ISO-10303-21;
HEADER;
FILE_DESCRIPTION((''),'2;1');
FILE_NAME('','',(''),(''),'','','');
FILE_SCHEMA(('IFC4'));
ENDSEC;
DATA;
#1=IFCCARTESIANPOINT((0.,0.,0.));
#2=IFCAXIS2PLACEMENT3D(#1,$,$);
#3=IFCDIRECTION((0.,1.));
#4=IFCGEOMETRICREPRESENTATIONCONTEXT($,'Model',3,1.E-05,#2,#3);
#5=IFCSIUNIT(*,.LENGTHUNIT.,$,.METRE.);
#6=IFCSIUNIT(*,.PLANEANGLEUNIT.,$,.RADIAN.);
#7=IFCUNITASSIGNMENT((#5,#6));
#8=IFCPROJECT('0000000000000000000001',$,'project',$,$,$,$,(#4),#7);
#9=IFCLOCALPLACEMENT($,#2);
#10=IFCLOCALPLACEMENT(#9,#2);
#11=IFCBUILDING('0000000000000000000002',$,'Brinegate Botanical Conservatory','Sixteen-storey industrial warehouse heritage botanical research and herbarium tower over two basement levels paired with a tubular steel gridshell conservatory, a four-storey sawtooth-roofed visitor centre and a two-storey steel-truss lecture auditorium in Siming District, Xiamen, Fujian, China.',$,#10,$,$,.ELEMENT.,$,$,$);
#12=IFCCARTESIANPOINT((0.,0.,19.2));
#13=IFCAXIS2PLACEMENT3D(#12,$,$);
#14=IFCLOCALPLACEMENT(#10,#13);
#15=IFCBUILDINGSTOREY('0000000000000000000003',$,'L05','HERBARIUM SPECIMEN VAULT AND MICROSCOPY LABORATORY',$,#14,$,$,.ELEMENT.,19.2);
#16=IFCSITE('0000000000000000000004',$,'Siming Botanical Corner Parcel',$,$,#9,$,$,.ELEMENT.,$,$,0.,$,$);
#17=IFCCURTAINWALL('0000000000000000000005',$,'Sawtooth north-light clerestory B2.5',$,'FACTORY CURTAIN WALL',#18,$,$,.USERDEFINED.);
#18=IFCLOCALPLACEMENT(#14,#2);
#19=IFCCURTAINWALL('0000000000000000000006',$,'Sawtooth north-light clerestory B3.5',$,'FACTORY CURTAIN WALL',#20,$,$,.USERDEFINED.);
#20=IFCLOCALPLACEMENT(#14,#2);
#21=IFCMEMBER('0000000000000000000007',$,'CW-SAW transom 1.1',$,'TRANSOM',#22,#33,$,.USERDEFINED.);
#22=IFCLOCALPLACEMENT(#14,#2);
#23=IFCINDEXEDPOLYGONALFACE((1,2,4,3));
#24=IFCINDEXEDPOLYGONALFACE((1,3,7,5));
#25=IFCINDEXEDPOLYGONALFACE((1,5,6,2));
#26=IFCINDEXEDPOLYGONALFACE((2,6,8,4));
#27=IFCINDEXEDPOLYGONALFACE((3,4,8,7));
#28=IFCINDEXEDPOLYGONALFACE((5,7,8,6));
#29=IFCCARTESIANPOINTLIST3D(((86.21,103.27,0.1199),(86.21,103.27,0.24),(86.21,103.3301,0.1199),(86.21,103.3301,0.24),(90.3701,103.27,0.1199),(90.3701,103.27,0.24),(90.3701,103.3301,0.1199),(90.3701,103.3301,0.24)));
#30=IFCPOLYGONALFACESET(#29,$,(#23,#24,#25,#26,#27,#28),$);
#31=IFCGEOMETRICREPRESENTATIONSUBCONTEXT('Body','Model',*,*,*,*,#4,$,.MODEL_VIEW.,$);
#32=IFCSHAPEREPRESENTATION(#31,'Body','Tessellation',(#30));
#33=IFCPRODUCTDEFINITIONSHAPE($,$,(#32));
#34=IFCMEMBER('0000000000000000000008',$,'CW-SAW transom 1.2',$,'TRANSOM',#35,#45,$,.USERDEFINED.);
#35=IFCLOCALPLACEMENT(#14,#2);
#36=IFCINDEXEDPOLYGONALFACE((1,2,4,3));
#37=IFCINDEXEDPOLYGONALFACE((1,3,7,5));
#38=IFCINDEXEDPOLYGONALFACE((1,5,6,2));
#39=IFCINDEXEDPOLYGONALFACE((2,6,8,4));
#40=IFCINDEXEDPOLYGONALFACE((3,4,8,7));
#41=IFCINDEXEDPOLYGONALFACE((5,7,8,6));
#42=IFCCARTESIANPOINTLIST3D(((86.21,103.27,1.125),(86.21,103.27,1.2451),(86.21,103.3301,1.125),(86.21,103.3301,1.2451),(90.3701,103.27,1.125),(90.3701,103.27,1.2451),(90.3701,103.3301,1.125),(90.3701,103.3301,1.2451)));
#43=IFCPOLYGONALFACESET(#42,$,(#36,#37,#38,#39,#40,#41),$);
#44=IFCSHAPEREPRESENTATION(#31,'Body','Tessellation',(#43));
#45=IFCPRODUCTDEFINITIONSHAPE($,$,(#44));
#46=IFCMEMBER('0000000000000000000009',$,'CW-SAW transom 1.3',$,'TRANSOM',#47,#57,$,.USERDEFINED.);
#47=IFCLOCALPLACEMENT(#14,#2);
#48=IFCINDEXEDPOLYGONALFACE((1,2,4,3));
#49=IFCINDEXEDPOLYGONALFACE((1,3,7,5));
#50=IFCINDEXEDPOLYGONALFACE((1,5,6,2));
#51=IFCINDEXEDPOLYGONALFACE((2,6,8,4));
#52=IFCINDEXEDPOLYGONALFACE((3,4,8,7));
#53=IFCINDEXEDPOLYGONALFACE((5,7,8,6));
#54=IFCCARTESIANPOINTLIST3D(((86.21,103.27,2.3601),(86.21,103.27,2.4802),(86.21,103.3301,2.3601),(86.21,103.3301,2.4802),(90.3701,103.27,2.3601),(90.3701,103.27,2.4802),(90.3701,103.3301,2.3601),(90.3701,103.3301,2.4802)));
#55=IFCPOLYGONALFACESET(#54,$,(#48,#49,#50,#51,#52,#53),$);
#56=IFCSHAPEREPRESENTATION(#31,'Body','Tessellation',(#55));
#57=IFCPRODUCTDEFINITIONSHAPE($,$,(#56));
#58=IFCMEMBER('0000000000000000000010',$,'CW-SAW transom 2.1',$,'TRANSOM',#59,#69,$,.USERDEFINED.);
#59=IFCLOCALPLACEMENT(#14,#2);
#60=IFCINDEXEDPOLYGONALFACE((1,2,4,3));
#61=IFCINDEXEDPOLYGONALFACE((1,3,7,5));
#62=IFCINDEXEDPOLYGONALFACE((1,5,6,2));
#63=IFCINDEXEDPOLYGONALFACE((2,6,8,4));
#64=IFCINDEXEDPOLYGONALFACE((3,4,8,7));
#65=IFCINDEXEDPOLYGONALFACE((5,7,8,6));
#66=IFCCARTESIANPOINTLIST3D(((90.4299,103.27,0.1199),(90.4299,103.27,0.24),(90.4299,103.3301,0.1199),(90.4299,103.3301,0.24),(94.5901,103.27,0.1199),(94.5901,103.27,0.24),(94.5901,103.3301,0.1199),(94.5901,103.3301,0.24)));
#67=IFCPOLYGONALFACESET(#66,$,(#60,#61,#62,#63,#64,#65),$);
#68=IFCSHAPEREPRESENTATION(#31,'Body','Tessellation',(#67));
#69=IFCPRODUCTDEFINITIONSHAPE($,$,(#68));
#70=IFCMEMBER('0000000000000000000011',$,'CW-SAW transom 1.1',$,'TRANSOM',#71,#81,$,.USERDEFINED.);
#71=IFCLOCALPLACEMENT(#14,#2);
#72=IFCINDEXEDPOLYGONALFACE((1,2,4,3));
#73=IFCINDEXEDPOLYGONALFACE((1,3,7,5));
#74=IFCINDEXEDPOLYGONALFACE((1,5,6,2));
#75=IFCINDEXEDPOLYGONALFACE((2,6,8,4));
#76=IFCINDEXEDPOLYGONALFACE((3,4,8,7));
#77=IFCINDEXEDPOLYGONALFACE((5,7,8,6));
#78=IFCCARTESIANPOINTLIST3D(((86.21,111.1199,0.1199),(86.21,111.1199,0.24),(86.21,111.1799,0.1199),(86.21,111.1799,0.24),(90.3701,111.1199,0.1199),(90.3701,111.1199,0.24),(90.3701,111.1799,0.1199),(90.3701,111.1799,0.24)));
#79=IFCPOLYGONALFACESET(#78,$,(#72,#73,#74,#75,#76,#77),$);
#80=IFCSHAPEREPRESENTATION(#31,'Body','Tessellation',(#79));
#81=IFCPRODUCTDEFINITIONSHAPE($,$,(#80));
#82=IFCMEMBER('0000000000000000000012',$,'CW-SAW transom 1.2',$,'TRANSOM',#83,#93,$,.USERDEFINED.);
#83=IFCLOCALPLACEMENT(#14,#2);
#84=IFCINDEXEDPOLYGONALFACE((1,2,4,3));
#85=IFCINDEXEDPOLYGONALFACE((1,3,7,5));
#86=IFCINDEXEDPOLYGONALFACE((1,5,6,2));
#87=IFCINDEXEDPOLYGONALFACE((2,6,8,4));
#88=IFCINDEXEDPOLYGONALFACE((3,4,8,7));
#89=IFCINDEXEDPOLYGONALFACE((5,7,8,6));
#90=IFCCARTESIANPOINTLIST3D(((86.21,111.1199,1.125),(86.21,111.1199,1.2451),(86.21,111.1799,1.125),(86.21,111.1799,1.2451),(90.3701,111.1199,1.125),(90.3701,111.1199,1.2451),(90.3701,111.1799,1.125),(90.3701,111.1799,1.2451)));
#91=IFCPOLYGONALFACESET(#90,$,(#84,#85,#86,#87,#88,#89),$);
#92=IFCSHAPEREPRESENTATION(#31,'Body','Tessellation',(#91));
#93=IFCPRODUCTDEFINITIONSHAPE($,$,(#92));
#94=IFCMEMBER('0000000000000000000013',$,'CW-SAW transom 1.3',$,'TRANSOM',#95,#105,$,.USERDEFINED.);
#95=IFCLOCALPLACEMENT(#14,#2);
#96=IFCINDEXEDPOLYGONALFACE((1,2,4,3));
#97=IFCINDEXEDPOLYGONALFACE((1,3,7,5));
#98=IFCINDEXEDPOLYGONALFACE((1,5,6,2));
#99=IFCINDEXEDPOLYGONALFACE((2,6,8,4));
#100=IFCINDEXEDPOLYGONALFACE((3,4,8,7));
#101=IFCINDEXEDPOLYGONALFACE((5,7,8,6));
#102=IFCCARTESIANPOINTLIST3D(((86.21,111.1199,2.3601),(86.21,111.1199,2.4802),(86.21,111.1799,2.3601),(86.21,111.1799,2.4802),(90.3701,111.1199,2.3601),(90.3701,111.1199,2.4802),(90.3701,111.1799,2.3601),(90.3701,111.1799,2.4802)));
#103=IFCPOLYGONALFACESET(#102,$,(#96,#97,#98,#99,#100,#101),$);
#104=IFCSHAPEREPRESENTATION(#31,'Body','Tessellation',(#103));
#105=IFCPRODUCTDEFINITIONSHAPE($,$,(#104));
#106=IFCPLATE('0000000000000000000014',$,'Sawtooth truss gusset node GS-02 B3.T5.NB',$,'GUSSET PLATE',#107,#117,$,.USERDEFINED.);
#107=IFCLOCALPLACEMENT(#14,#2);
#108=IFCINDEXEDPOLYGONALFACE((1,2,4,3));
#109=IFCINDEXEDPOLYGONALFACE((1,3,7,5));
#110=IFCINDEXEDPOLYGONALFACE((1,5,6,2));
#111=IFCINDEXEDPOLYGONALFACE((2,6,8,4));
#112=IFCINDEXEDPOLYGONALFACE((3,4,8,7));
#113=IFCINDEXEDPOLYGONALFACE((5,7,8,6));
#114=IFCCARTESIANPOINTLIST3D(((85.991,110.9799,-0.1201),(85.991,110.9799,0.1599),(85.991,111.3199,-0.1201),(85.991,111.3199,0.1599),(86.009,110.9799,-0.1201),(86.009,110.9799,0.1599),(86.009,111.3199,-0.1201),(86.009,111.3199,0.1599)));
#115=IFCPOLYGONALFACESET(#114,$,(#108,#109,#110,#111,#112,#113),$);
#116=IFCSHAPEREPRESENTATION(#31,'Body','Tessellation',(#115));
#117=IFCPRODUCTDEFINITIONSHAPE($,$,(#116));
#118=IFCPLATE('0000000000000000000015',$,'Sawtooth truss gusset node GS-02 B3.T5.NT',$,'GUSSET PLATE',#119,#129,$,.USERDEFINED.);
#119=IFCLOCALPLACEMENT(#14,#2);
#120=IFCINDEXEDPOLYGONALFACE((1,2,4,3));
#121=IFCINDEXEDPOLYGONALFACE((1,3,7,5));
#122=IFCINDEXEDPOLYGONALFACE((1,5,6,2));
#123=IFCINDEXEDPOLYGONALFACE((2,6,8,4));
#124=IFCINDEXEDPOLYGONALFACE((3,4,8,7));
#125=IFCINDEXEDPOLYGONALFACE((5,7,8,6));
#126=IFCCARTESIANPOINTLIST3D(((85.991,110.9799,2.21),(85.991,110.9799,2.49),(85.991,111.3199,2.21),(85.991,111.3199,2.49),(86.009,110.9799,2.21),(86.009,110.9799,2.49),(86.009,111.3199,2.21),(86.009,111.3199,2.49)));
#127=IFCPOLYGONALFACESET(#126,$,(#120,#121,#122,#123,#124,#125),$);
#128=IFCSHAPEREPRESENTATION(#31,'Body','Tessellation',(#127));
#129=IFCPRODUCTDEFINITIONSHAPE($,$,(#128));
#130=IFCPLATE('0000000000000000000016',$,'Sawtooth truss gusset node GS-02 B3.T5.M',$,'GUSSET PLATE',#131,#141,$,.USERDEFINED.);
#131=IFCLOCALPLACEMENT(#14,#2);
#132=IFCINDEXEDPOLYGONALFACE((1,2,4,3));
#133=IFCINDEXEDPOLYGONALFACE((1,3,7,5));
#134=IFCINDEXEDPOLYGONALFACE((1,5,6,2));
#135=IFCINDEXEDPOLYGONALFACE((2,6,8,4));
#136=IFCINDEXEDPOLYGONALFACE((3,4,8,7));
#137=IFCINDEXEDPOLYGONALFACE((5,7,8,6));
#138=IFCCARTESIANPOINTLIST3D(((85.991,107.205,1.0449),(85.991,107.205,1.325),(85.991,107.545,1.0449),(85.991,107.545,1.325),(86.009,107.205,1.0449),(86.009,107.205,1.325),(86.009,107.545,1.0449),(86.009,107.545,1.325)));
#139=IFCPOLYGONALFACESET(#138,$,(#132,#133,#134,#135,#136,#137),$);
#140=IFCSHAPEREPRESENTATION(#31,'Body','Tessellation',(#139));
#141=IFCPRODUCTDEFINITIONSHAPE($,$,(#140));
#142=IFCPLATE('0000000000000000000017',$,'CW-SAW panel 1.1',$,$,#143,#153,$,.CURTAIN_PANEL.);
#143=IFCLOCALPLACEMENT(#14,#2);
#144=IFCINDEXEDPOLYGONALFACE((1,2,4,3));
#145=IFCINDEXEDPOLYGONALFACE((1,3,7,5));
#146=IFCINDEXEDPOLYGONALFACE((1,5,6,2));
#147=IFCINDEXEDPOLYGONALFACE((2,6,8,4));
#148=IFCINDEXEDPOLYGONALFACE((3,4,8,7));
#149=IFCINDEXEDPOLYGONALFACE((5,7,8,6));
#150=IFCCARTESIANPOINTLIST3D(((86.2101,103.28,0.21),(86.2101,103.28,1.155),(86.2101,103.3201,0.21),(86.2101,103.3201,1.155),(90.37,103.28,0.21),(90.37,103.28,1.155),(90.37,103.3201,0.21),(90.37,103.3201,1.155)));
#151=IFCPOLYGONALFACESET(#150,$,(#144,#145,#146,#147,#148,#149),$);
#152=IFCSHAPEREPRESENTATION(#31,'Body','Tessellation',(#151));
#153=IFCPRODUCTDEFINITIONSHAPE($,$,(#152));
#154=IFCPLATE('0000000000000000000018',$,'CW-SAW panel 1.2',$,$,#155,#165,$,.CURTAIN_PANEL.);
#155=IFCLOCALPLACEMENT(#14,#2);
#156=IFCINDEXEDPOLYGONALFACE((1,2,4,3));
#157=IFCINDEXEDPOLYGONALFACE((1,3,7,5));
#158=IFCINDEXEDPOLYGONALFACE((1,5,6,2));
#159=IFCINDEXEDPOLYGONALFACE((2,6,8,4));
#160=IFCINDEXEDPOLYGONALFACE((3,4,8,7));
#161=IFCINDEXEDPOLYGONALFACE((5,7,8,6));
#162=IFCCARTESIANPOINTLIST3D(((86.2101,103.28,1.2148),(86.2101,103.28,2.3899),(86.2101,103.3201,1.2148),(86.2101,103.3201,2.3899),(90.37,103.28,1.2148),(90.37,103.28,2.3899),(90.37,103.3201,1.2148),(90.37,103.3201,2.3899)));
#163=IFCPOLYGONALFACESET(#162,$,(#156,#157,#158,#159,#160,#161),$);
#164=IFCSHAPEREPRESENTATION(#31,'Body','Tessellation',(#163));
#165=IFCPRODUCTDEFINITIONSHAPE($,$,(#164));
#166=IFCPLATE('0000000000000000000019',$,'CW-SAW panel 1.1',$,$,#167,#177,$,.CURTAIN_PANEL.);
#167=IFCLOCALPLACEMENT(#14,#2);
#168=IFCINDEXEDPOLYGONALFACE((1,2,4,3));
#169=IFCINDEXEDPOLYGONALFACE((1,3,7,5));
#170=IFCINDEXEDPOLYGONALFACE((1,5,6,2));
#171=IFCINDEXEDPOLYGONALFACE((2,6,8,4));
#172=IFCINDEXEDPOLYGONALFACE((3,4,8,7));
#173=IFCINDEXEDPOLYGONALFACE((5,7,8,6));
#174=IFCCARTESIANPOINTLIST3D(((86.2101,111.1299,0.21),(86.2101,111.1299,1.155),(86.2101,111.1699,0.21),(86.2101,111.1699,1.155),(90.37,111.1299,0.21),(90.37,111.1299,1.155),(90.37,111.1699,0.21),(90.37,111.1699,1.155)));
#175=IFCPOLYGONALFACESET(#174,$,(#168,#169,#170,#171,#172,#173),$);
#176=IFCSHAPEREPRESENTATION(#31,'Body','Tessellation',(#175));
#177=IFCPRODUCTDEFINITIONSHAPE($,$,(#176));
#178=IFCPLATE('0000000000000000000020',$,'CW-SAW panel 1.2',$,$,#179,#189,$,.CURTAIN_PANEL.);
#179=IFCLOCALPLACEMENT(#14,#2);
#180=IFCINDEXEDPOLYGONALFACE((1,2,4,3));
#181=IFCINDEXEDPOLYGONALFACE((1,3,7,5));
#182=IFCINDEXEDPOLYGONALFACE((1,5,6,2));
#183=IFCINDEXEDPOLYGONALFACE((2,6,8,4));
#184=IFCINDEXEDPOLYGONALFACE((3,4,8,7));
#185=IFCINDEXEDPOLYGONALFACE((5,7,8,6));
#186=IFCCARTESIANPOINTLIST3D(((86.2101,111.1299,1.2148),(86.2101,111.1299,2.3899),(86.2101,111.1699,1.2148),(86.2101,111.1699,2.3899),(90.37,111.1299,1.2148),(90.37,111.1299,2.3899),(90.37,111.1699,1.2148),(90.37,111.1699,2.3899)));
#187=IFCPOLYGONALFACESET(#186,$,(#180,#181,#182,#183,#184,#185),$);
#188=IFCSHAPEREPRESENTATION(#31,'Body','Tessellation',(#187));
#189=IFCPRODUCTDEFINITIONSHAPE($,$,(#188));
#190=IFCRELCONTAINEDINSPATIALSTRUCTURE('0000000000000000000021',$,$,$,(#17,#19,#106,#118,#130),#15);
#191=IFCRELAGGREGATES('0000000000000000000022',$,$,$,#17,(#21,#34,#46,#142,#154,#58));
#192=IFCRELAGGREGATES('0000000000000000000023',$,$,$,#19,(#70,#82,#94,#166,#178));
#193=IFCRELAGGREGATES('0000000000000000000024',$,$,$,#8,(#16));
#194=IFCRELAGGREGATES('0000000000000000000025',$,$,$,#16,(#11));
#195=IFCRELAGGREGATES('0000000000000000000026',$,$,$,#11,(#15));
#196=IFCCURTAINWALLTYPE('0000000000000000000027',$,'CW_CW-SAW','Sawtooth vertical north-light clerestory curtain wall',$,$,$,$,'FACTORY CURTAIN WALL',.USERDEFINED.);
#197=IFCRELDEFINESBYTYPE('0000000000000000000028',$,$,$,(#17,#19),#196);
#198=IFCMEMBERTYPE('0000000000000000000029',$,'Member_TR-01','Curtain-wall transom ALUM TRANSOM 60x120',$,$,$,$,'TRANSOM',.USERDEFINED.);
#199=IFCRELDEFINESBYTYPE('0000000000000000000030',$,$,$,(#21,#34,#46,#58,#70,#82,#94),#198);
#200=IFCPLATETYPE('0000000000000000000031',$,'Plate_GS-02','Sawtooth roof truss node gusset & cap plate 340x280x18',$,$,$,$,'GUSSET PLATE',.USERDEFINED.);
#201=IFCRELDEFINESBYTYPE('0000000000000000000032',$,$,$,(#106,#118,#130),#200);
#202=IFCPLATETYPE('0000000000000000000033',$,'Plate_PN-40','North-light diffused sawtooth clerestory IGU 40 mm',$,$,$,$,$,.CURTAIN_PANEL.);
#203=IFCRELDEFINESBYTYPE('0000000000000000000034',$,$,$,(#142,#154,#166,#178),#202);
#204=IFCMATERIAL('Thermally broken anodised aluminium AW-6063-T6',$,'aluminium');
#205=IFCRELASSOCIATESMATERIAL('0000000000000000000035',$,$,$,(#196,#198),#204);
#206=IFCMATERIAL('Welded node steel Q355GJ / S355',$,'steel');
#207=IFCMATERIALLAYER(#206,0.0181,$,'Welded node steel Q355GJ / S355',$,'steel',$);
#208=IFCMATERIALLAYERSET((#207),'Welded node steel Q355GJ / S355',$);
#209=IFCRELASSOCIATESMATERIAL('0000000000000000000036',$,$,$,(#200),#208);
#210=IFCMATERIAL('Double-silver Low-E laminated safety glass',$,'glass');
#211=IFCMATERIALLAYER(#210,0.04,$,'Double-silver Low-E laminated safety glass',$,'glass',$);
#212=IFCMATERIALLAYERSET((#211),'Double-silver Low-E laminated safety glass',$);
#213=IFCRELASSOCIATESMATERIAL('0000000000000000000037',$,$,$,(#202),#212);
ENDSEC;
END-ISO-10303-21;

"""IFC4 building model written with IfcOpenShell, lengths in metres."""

from ifc_helpers import new_model, si_unit, direction, frame, origin, origin_2d, place, context, subcontext, project, spatial, rectangle, extrude, material, layer, layer_set, material_profile, profile_set, type_object, element, aggregate, save


model = new_model("IFC4")

# Units and contexts
model_context = context("Model", 3, precision=1e-05, world=origin(), true_north=direction((0.0, 1.0)))
body_context = subcontext(model_context, "Body", "Model", "MODEL_VIEW")
ifc_project = project(units=[si_unit("LENGTHUNIT", "METRE"), si_unit("PLANEANGLEUNIT", "RADIAN")], contexts=[model_context])

# Site, building, storey
site_placement = place(None, origin())
site = spatial("IfcSite", under=ifc_project, at=site_placement, Name="Siming Botanical Corner Parcel", CompositionType="ELEMENT", RefElevation=0.0)
building_placement = place(site_placement, origin())
building = spatial("IfcBuilding", under=site, at=building_placement, Name="Brinegate Botanical Conservatory", Description="Sixteen-storey industrial warehouse heritage botanical research and herbarium tower over two basement levels paired with a tubular steel gridshell conservatory, a four-storey sawtooth-roofed visitor centre and a two-storey steel-truss lecture auditorium in Siming District, Xiamen, Fujian, China.", CompositionType="ELEMENT")
storey_placement = place(building_placement, frame((0.0, 0.0, 19.2)))
storey = spatial("IfcBuildingStorey", under=building, at=storey_placement, Name="L05", Description="HERBARIUM SPECIMEN VAULT AND MICROSCOPY LABORATORY", CompositionType="ELEMENT", Elevation=19.2)

# Curtain walls
ifc_material_1 = material(Name="Thermally broken anodised aluminium AW-6063-T6", Category="aluminium")
curtain_wall_type = type_object("IfcCurtainWallType", Name="CW_CW-SAW", Description="Sawtooth vertical north-light clerestory curtain wall", ElementType="FACTORY CURTAIN WALL", PredefinedType="USERDEFINED", material=ifc_material_1)
curtain_wall_1_placement = place(storey_placement, origin())
curtain_wall_1 = element("IfcCurtainWall", 1, at=curtain_wall_1_placement, inside=storey, type_object=curtain_wall_type, Name="Sawtooth north-light clerestory B2.5", ObjectType="FACTORY CURTAIN WALL", PredefinedType="USERDEFINED")
curtain_wall_2_placement = place(storey_placement, origin())
curtain_wall_2 = element("IfcCurtainWall", 2, at=curtain_wall_2_placement, inside=storey, type_object=curtain_wall_type, Name="Sawtooth north-light clerestory B3.5", ObjectType="FACTORY CURTAIN WALL", PredefinedType="USERDEFINED")

# Members
ifc_material_profile_1 = material_profile(ifc_material_1, rectangle(XDim=0.0601, YDim=0.1201, at=origin_2d()), Name="ALUM TRANSOM 60x120")
ifc_profile_set_1 = profile_set([ifc_material_profile_1], Name="Thermally broken anodised aluminium AW-6063-T6")
member_type_1 = type_object("IfcMemberType", Name="Member_TR-01", Description="Curtain-wall transom ALUM TRANSOM 60x120", ElementType="TRANSOM", PredefinedType="USERDEFINED", material=ifc_profile_set_1)
member_1_placement = place(storey_placement, frame((86.21, 103.3, 0.1799), z_axis=(1.0, 0.0, 0.0), x_axis=(0.0, 1.0, 0.0)))
member_1 = element("IfcMember", 3, at=member_1_placement, type_object=member_type_1, Name="CW-SAW transom 1.1", ObjectType="TRANSOM", PredefinedType="USERDEFINED", context=body_context, shape_type="SweptSolid", body=[
    extrude(rectangle(XDim=0.0601, YDim=0.1201, at=origin_2d()), origin(), (0.0, 0.0, 1.0), 4.1602),
])
member_2_placement = place(storey_placement, frame((86.21, 103.3, 1.1851), z_axis=(1.0, 0.0, 0.0), x_axis=(0.0, 1.0, 0.0)))
member_2 = element("IfcMember", 4, at=member_2_placement, type_object=member_type_1, Name="CW-SAW transom 1.2", ObjectType="TRANSOM", PredefinedType="USERDEFINED", context=body_context, shape_type="SweptSolid", body=[
    extrude(rectangle(XDim=0.0601, YDim=0.1201, at=origin_2d()), origin(), (0.0, 0.0, 1.0), 4.1602),
])
member_3_placement = place(storey_placement, frame((86.21, 103.3, 2.4202), z_axis=(1.0, 0.0, 0.0), x_axis=(0.0, 1.0, 0.0)))
member_3 = element("IfcMember", 5, at=member_3_placement, type_object=member_type_1, Name="CW-SAW transom 1.3", ObjectType="TRANSOM", PredefinedType="USERDEFINED", context=body_context, shape_type="SweptSolid", body=[
    extrude(rectangle(XDim=0.0601, YDim=0.1201, at=origin_2d()), origin(), (0.0, 0.0, 1.0), 4.1602),
])
member_4_placement = place(storey_placement, frame((90.4299, 103.3, 0.1799), z_axis=(1.0, 0.0, 0.0), x_axis=(0.0, 1.0, 0.0)))
member_4 = element("IfcMember", 6, at=member_4_placement, type_object=member_type_1, Name="CW-SAW transom 2.1", ObjectType="TRANSOM", PredefinedType="USERDEFINED", context=body_context, shape_type="SweptSolid", body=[
    extrude(rectangle(XDim=0.0601, YDim=0.1201, at=origin_2d()), origin(), (0.0, 0.0, 1.0), 4.1602),
])
member_5_placement = place(storey_placement, frame((86.21, 111.1499, 0.1799), z_axis=(1.0, 0.0, 0.0), x_axis=(0.0, 1.0, 0.0)))
member_5 = element("IfcMember", 7, at=member_5_placement, type_object=member_type_1, Name="CW-SAW transom 1.1", ObjectType="TRANSOM", PredefinedType="USERDEFINED", context=body_context, shape_type="SweptSolid", body=[
    extrude(rectangle(XDim=0.0601, YDim=0.1201, at=origin_2d()), origin(), (0.0, 0.0, 1.0), 4.1602),
])
member_6_placement = place(storey_placement, frame((86.21, 111.1499, 1.1851), z_axis=(1.0, 0.0, 0.0), x_axis=(0.0, 1.0, 0.0)))
member_6 = element("IfcMember", 8, at=member_6_placement, type_object=member_type_1, Name="CW-SAW transom 1.2", ObjectType="TRANSOM", PredefinedType="USERDEFINED", context=body_context, shape_type="SweptSolid", body=[
    extrude(rectangle(XDim=0.0601, YDim=0.1201, at=origin_2d()), origin(), (0.0, 0.0, 1.0), 4.1602),
])
member_7_placement = place(storey_placement, frame((86.21, 111.1499, 2.4202), z_axis=(1.0, 0.0, 0.0), x_axis=(0.0, 1.0, 0.0)))
member_7 = element("IfcMember", 9, at=member_7_placement, type_object=member_type_1, Name="CW-SAW transom 1.3", ObjectType="TRANSOM", PredefinedType="USERDEFINED", context=body_context, shape_type="SweptSolid", body=[
    extrude(rectangle(XDim=0.0601, YDim=0.1201, at=origin_2d()), origin(), (0.0, 0.0, 1.0), 4.1602),
])

# Plates
ifc_material_2 = material(Name="Welded node steel Q355GJ / S355", Category="steel")
ifc_layer_1 = layer(ifc_material_2, 0.0181, Name="Welded node steel Q355GJ / S355", Category="steel")
ifc_layer_set_1 = layer_set([ifc_layer_1], Name="Welded node steel Q355GJ / S355")
plate_type_1 = type_object("IfcPlateType", Name="Plate_GS-02", Description="Sawtooth roof truss node gusset & cap plate 340x280x18", ElementType="GUSSET PLATE", PredefinedType="USERDEFINED", material=ifc_layer_set_1)
for number, where, z_axis, x_axis, name in (
    (10, (86.0, 111.1499, -0.1201), (0.0, 0.0, 1.0), (1.0, 0.0, 0.0), "Sawtooth truss gusset node GS-02 B3.T5.NB"),
    (11, (86.0, 111.1499, 2.21), (0.0, 0.0, 1.0), (1.0, 0.0, 0.0), "Sawtooth truss gusset node GS-02 B3.T5.NT"),
    (12, (86.0, 107.375, 1.0449), (0.0, 0.0, 1.0), (1.0, 0.0, 0.0), "Sawtooth truss gusset node GS-02 B3.T5.M"),
):
    element("IfcPlate", number, at=place(storey_placement, frame(where, z_axis=z_axis, x_axis=x_axis)), inside=storey, type_object=plate_type_1, Name=name, ObjectType="GUSSET PLATE", PredefinedType="USERDEFINED", context=body_context, shape_type="SweptSolid", body=[
        extrude(rectangle(XDim=0.0181, YDim=0.3401, at=origin_2d()), origin(), (0.0, 0.0, 1.0), 0.28),
    ])

# Plates
ifc_material_3 = material(Name="Double-silver Low-E laminated safety glass", Category="glass")
ifc_layer_2 = layer(ifc_material_3, 0.04, Name="Double-silver Low-E laminated safety glass", Category="glass")
ifc_layer_set_2 = layer_set([ifc_layer_2], Name="Double-silver Low-E laminated safety glass")
plate_type_2 = type_object("IfcPlateType", Name="Plate_PN-40", Description="North-light diffused sawtooth clerestory IGU 40 mm", PredefinedType="CURTAIN_PANEL", material=ifc_layer_set_2)
plate_1_placement = place(storey_placement, frame((88.29, 103.3, 0.21), z_axis=(0.0, 0.0, 1.0), x_axis=(1.0, 0.0, 0.0)))
plate_1 = element("IfcPlate", 13, at=plate_1_placement, type_object=plate_type_2, Name="CW-SAW panel 1.1", PredefinedType="CURTAIN_PANEL", context=body_context, shape_type="SweptSolid", body=[
    extrude(rectangle(XDim=4.1599, YDim=0.04, at=origin_2d()), origin(), (0.0, 0.0, 1.0), 0.9451),
])
plate_2_placement = place(storey_placement, frame((88.29, 103.3, 1.2148), z_axis=(0.0, 0.0, 1.0), x_axis=(1.0, 0.0, 0.0)))
plate_2 = element("IfcPlate", 14, at=plate_2_placement, type_object=plate_type_2, Name="CW-SAW panel 1.2", PredefinedType="CURTAIN_PANEL", context=body_context, shape_type="SweptSolid", body=[
    extrude(rectangle(XDim=4.1599, YDim=0.04, at=origin_2d()), origin(), (0.0, 0.0, 1.0), 1.175),
])
aggregate(curtain_wall_1, [member_1, member_2, member_3, plate_1, plate_2, member_4])
plate_3_placement = place(storey_placement, frame((88.29, 111.1499, 0.21), z_axis=(0.0, 0.0, 1.0), x_axis=(1.0, 0.0, 0.0)))
plate_3 = element("IfcPlate", 15, at=plate_3_placement, type_object=plate_type_2, Name="CW-SAW panel 1.1", PredefinedType="CURTAIN_PANEL", context=body_context, shape_type="SweptSolid", body=[
    extrude(rectangle(XDim=4.1599, YDim=0.04, at=origin_2d()), origin(), (0.0, 0.0, 1.0), 0.9451),
])
plate_4_placement = place(storey_placement, frame((88.29, 111.1499, 1.2148), z_axis=(0.0, 0.0, 1.0), x_axis=(1.0, 0.0, 0.0)))
plate_4 = element("IfcPlate", 16, at=plate_4_placement, type_object=plate_type_2, Name="CW-SAW panel 1.2", PredefinedType="CURTAIN_PANEL", context=body_context, shape_type="SweptSolid", body=[
    extrude(rectangle(XDim=4.1599, YDim=0.04, at=origin_2d()), origin(), (0.0, 0.0, 1.0), 1.175),
])
aggregate(curtain_wall_2, [member_5, member_6, member_7, plate_3, plate_4])

save(model, "model.ifc")
